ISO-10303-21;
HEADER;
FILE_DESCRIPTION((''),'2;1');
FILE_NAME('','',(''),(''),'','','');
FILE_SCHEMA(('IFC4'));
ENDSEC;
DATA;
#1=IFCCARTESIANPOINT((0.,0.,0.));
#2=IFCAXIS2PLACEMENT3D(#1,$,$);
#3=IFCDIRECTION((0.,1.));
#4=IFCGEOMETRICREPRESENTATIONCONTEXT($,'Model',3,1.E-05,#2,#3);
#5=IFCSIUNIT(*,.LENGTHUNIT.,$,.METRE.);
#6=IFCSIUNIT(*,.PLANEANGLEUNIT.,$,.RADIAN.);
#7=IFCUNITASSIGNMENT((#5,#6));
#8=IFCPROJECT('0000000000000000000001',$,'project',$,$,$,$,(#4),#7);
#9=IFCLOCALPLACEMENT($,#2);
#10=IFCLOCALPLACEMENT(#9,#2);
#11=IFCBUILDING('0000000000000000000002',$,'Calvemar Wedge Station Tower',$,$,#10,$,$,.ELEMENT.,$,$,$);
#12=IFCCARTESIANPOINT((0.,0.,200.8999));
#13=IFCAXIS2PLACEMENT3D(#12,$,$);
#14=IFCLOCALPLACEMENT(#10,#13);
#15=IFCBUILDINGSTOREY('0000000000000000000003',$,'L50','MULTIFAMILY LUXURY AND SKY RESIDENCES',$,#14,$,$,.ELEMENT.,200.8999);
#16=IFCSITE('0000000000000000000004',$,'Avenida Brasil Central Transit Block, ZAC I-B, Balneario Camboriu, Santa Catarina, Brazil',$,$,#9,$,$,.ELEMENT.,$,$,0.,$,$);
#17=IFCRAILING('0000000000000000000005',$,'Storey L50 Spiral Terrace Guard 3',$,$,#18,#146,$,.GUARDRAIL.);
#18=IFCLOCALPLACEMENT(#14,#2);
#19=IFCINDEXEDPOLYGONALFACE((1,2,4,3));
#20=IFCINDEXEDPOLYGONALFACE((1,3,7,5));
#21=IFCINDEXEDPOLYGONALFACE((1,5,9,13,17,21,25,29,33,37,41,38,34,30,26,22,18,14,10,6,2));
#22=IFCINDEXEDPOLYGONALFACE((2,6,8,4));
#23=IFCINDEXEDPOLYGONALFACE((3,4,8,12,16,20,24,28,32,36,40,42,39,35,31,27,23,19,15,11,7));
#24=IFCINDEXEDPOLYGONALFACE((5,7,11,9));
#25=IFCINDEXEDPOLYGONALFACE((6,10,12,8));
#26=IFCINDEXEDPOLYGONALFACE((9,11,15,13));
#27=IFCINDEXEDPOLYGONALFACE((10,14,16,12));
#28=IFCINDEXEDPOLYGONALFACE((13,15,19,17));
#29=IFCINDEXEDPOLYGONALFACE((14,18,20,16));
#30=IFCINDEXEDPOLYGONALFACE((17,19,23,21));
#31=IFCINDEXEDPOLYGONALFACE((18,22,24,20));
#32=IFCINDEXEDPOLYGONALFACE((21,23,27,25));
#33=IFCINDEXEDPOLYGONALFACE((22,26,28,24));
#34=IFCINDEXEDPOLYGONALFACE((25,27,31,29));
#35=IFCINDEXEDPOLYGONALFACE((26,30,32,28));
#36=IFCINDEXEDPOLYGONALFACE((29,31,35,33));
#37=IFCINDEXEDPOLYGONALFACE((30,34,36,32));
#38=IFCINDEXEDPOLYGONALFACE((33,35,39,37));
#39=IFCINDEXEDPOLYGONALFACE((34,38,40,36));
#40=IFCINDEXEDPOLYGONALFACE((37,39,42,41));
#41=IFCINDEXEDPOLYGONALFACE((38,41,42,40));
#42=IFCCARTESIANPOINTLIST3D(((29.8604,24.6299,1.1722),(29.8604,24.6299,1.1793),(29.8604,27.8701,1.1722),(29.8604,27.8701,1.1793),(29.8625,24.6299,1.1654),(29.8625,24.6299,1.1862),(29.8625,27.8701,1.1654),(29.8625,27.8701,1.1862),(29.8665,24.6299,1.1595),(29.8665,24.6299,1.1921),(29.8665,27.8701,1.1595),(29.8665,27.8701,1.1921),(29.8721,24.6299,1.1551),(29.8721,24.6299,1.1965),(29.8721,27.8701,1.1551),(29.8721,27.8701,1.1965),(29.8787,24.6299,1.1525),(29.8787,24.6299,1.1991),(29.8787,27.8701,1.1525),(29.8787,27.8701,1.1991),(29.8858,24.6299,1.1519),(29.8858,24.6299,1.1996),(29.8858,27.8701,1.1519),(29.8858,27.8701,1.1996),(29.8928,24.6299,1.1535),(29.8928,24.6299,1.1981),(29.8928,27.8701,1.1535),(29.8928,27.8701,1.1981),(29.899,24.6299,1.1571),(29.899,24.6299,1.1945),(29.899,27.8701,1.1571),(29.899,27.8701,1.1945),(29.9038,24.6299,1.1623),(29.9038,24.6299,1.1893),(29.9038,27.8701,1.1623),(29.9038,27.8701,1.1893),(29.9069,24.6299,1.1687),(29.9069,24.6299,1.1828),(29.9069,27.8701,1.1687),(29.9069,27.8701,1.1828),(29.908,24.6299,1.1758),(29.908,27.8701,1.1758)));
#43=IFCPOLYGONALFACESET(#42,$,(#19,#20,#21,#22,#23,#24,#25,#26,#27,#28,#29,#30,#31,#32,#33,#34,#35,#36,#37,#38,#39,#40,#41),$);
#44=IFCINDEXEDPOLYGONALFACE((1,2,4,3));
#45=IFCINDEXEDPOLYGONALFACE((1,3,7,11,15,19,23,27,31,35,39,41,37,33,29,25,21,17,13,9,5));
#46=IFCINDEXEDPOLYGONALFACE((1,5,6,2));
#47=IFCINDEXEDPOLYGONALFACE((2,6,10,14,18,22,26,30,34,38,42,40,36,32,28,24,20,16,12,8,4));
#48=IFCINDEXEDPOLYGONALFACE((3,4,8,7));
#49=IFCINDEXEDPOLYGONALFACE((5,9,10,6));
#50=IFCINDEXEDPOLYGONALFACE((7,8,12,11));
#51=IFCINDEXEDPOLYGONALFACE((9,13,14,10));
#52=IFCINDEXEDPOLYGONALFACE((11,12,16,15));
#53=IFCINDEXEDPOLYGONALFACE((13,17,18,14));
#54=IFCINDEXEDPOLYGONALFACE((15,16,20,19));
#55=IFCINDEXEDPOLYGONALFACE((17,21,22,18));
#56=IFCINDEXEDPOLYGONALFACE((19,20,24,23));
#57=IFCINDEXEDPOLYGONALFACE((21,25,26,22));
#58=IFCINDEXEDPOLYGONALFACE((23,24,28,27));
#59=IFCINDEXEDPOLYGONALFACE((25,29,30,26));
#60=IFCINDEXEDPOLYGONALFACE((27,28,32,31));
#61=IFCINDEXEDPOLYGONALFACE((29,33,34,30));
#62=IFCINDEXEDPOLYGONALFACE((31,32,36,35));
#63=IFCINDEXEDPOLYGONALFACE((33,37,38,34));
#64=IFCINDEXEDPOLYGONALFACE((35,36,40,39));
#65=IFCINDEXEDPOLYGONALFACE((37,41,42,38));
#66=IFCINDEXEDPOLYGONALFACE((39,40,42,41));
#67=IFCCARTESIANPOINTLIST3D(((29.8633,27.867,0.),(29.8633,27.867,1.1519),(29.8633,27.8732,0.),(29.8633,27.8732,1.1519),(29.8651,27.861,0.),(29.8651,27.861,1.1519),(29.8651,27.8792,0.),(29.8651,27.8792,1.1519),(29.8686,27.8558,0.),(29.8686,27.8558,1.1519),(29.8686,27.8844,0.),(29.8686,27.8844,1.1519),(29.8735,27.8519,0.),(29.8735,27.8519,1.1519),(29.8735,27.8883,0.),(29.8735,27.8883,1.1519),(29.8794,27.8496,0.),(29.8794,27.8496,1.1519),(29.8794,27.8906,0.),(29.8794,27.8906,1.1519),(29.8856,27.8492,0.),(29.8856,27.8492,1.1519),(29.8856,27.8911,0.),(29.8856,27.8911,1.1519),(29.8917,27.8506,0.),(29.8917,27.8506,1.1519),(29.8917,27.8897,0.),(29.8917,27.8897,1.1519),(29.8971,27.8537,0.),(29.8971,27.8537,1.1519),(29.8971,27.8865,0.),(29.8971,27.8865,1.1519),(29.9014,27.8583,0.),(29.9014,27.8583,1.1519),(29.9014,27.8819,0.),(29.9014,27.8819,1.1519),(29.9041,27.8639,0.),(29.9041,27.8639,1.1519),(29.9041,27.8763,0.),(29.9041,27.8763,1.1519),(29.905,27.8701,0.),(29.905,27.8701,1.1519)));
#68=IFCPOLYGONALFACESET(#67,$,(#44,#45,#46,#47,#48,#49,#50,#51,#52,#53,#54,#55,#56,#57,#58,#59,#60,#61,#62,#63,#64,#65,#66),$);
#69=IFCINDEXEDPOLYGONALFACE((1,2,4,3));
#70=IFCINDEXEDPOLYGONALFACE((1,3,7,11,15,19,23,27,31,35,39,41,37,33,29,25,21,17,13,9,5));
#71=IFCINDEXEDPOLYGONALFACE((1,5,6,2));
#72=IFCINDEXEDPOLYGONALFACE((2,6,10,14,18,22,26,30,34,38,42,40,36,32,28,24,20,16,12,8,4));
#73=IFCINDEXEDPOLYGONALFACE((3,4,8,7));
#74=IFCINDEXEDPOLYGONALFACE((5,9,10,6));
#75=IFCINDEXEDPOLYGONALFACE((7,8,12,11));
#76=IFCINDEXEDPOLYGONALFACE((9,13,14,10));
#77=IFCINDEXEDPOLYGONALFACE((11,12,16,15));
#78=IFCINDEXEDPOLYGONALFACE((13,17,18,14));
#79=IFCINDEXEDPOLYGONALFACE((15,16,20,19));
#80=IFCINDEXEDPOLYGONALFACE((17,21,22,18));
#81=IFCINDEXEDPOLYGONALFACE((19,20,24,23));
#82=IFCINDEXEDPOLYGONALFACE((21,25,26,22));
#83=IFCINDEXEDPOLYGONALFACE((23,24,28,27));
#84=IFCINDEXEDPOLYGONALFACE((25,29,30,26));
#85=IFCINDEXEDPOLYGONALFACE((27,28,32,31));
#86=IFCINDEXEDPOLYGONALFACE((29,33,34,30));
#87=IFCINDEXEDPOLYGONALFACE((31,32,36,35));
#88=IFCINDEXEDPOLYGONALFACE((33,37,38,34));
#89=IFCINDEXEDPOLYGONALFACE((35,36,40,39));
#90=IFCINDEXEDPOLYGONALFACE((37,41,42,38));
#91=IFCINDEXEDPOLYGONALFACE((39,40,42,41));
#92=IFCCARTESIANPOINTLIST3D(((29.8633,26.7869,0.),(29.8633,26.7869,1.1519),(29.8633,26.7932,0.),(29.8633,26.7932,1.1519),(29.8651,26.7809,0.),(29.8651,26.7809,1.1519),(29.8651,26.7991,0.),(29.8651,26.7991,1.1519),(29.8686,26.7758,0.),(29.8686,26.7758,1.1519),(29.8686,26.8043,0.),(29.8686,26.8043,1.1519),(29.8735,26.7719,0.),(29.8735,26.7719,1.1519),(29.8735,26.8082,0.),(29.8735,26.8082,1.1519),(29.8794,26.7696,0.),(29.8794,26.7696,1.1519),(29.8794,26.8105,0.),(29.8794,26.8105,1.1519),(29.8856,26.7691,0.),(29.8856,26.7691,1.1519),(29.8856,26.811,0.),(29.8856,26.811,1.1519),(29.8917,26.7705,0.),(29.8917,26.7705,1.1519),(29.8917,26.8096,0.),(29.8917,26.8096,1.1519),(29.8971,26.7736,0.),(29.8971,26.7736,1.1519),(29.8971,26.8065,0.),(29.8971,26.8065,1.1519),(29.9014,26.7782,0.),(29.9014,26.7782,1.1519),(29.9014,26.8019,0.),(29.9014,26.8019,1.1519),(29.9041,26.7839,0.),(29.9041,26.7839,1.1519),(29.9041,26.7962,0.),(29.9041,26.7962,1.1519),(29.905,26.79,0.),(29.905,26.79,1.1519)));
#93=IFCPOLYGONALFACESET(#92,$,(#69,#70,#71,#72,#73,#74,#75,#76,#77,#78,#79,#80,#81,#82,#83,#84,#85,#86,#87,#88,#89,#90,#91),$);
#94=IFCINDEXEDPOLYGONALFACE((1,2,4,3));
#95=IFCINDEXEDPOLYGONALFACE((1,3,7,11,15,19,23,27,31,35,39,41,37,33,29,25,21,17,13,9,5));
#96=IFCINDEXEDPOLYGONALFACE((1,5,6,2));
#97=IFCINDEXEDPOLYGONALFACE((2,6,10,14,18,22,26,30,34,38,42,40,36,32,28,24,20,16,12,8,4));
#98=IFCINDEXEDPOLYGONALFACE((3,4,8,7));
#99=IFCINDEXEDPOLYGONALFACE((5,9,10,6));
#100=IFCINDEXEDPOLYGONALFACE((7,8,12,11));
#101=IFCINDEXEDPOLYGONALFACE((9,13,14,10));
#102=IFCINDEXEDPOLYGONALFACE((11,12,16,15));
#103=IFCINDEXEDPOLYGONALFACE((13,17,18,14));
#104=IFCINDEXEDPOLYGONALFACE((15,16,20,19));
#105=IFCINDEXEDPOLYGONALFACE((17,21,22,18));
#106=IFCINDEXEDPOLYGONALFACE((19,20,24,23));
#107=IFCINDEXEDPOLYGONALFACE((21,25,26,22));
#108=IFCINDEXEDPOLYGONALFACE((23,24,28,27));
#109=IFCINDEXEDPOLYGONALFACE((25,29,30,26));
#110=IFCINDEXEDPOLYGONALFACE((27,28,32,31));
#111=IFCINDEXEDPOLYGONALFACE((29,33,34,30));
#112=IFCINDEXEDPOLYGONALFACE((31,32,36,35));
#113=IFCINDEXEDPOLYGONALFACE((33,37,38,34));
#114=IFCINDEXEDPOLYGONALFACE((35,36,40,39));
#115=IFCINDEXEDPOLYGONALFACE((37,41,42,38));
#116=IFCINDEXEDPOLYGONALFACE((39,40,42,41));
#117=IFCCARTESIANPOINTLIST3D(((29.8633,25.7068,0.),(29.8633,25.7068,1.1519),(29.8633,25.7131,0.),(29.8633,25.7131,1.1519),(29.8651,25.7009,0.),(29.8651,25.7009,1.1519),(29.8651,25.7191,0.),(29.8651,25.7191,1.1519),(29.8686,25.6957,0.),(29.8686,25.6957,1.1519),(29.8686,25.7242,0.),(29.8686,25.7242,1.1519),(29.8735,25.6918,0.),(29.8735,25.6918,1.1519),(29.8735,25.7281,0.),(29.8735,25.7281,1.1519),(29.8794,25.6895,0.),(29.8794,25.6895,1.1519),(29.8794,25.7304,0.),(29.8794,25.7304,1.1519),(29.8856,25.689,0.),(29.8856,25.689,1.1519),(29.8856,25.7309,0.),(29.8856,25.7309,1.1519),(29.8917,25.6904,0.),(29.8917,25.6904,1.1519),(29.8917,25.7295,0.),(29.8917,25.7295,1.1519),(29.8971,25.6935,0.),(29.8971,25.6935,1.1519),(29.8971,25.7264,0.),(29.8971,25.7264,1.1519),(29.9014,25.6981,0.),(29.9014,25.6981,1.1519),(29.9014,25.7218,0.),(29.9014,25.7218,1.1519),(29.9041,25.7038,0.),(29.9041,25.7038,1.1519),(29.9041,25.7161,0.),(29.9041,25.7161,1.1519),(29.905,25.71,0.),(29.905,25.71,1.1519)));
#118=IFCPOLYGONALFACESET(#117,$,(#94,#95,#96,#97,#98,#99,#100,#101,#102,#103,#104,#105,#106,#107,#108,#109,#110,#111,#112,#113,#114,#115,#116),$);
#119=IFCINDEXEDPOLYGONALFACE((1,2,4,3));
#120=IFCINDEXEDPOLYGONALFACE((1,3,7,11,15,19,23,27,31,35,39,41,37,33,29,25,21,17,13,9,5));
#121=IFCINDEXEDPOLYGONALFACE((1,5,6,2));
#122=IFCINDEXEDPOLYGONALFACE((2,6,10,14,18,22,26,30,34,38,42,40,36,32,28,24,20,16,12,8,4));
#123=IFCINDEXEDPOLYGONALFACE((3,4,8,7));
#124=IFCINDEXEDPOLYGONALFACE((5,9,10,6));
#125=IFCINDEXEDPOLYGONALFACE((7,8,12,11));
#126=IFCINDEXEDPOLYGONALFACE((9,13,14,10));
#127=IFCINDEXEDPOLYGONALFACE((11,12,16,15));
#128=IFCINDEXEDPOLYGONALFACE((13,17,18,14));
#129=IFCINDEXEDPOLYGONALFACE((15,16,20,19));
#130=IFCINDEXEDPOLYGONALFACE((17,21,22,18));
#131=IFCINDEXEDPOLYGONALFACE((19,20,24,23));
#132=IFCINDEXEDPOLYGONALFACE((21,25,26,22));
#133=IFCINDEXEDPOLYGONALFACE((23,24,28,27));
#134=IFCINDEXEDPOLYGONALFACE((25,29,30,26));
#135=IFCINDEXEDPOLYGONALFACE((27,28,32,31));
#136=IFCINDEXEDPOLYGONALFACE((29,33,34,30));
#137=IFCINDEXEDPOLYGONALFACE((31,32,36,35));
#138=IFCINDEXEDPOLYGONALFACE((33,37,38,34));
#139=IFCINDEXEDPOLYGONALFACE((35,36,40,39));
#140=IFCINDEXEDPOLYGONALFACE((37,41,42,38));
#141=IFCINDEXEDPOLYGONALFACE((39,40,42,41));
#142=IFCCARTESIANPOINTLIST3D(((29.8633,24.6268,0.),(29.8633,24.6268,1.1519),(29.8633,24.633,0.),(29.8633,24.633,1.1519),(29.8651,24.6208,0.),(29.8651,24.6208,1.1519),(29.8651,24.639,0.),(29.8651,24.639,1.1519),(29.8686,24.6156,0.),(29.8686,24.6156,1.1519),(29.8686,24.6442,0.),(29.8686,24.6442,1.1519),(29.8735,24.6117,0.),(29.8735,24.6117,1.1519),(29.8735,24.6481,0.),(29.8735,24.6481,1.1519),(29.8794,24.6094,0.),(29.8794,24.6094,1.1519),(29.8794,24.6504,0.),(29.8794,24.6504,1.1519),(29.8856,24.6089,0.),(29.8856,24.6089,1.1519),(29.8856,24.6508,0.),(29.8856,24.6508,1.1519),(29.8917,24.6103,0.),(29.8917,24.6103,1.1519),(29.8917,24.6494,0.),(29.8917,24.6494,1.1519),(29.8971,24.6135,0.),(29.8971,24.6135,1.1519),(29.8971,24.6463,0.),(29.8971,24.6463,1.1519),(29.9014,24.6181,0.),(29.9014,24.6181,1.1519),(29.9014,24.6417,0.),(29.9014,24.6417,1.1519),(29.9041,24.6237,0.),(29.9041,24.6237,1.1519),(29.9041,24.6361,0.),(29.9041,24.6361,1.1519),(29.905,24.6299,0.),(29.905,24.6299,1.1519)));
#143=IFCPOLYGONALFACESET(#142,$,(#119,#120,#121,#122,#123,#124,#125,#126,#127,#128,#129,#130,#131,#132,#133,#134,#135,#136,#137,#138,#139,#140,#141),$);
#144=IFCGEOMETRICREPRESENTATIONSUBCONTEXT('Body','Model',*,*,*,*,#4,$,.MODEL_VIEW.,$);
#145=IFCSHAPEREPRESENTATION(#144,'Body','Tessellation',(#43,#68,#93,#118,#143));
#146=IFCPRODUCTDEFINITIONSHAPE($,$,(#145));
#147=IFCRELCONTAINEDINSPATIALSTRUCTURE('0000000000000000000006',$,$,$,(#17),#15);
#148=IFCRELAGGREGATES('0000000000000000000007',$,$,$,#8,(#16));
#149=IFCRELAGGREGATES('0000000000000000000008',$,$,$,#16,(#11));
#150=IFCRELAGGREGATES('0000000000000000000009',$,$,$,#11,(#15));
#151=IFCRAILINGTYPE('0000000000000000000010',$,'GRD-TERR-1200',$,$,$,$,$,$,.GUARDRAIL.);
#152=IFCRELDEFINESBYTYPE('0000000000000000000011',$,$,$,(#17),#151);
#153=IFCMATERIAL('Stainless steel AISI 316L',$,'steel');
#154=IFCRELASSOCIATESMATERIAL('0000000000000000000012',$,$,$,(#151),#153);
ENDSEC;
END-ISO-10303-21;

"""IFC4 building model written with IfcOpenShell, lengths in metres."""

from ifc_helpers import new_model, si_unit, direction, frame, origin, origin_2d, place, context, subcontext, project, spatial, circle, extrude, material, type_object, element, save


model = new_model("IFC4")

# Units and contexts
model_context = context("Model", 3, precision=1e-05, world=origin(), true_north=direction((0.0, 1.0)))
body_context = subcontext(model_context, "Body", "Model", "MODEL_VIEW")
ifc_project = project(units=[si_unit("LENGTHUNIT", "METRE"), si_unit("PLANEANGLEUNIT", "RADIAN")], contexts=[model_context])

# Site, building, storey
site_placement = place(None, origin())
site = spatial("IfcSite", under=ifc_project, at=site_placement, Name="Avenida Brasil Central Transit Block, ZAC I-B, Balneario Camboriu, Santa Catarina, Brazil", CompositionType="ELEMENT", RefElevation=0.0)
building_placement = place(site_placement, origin())
building = spatial("IfcBuilding", under=site, at=building_placement, Name="Calvemar Wedge Station Tower", CompositionType="ELEMENT")
storey_placement = place(building_placement, frame((0.0, 0.0, 200.8999)))
storey = spatial("IfcBuildingStorey", under=building, at=storey_placement, Name="L50", Description="MULTIFAMILY LUXURY AND SKY RESIDENCES", CompositionType="ELEMENT", Elevation=200.8999)

# Railing
ifc_material_1 = material(Name="Stainless steel AISI 316L", Category="steel")
railing_type = type_object("IfcRailingType", Name="GRD-TERR-1200", PredefinedType="GUARDRAIL", material=ifc_material_1)
railing_1_placement = place(storey_placement, frame((29.884, 27.8701, 0.0)))
element("IfcRailing", 1, at=railing_1_placement, inside=storey, type_object=railing_type, Name="Storey L50 Spiral Terrace Guard 3", PredefinedType="GUARDRAIL", context=body_context, shape_type="SweptSolid", body=[
    extrude(circle(Radius=0.0239, at=origin_2d()), frame((0.0, 0.0, 1.1758), z_axis=(0.0, -1.0, 0.0), x_axis=(1.0, 0.0, 0.0)), (0.0, 0.0, 1.0), 3.2402),
    extrude(circle(Radius=0.021, at=origin_2d()), origin(), (0.0, 0.0, 1.0), 1.1519),
    extrude(circle(Radius=0.021, at=origin_2d()), frame((0.0, -1.0801, 0.0)), (0.0, 0.0, 1.0), 1.1519),
    extrude(circle(Radius=0.021, at=origin_2d()), frame((0.0, -2.1602, 0.0)), (0.0, 0.0, 1.0), 1.1519),
    extrude(circle(Radius=0.021, at=origin_2d()), frame((0.0, -3.2402, 0.0)), (0.0, 0.0, 1.0), 1.1519),
])

save(model, "model.ifc")
